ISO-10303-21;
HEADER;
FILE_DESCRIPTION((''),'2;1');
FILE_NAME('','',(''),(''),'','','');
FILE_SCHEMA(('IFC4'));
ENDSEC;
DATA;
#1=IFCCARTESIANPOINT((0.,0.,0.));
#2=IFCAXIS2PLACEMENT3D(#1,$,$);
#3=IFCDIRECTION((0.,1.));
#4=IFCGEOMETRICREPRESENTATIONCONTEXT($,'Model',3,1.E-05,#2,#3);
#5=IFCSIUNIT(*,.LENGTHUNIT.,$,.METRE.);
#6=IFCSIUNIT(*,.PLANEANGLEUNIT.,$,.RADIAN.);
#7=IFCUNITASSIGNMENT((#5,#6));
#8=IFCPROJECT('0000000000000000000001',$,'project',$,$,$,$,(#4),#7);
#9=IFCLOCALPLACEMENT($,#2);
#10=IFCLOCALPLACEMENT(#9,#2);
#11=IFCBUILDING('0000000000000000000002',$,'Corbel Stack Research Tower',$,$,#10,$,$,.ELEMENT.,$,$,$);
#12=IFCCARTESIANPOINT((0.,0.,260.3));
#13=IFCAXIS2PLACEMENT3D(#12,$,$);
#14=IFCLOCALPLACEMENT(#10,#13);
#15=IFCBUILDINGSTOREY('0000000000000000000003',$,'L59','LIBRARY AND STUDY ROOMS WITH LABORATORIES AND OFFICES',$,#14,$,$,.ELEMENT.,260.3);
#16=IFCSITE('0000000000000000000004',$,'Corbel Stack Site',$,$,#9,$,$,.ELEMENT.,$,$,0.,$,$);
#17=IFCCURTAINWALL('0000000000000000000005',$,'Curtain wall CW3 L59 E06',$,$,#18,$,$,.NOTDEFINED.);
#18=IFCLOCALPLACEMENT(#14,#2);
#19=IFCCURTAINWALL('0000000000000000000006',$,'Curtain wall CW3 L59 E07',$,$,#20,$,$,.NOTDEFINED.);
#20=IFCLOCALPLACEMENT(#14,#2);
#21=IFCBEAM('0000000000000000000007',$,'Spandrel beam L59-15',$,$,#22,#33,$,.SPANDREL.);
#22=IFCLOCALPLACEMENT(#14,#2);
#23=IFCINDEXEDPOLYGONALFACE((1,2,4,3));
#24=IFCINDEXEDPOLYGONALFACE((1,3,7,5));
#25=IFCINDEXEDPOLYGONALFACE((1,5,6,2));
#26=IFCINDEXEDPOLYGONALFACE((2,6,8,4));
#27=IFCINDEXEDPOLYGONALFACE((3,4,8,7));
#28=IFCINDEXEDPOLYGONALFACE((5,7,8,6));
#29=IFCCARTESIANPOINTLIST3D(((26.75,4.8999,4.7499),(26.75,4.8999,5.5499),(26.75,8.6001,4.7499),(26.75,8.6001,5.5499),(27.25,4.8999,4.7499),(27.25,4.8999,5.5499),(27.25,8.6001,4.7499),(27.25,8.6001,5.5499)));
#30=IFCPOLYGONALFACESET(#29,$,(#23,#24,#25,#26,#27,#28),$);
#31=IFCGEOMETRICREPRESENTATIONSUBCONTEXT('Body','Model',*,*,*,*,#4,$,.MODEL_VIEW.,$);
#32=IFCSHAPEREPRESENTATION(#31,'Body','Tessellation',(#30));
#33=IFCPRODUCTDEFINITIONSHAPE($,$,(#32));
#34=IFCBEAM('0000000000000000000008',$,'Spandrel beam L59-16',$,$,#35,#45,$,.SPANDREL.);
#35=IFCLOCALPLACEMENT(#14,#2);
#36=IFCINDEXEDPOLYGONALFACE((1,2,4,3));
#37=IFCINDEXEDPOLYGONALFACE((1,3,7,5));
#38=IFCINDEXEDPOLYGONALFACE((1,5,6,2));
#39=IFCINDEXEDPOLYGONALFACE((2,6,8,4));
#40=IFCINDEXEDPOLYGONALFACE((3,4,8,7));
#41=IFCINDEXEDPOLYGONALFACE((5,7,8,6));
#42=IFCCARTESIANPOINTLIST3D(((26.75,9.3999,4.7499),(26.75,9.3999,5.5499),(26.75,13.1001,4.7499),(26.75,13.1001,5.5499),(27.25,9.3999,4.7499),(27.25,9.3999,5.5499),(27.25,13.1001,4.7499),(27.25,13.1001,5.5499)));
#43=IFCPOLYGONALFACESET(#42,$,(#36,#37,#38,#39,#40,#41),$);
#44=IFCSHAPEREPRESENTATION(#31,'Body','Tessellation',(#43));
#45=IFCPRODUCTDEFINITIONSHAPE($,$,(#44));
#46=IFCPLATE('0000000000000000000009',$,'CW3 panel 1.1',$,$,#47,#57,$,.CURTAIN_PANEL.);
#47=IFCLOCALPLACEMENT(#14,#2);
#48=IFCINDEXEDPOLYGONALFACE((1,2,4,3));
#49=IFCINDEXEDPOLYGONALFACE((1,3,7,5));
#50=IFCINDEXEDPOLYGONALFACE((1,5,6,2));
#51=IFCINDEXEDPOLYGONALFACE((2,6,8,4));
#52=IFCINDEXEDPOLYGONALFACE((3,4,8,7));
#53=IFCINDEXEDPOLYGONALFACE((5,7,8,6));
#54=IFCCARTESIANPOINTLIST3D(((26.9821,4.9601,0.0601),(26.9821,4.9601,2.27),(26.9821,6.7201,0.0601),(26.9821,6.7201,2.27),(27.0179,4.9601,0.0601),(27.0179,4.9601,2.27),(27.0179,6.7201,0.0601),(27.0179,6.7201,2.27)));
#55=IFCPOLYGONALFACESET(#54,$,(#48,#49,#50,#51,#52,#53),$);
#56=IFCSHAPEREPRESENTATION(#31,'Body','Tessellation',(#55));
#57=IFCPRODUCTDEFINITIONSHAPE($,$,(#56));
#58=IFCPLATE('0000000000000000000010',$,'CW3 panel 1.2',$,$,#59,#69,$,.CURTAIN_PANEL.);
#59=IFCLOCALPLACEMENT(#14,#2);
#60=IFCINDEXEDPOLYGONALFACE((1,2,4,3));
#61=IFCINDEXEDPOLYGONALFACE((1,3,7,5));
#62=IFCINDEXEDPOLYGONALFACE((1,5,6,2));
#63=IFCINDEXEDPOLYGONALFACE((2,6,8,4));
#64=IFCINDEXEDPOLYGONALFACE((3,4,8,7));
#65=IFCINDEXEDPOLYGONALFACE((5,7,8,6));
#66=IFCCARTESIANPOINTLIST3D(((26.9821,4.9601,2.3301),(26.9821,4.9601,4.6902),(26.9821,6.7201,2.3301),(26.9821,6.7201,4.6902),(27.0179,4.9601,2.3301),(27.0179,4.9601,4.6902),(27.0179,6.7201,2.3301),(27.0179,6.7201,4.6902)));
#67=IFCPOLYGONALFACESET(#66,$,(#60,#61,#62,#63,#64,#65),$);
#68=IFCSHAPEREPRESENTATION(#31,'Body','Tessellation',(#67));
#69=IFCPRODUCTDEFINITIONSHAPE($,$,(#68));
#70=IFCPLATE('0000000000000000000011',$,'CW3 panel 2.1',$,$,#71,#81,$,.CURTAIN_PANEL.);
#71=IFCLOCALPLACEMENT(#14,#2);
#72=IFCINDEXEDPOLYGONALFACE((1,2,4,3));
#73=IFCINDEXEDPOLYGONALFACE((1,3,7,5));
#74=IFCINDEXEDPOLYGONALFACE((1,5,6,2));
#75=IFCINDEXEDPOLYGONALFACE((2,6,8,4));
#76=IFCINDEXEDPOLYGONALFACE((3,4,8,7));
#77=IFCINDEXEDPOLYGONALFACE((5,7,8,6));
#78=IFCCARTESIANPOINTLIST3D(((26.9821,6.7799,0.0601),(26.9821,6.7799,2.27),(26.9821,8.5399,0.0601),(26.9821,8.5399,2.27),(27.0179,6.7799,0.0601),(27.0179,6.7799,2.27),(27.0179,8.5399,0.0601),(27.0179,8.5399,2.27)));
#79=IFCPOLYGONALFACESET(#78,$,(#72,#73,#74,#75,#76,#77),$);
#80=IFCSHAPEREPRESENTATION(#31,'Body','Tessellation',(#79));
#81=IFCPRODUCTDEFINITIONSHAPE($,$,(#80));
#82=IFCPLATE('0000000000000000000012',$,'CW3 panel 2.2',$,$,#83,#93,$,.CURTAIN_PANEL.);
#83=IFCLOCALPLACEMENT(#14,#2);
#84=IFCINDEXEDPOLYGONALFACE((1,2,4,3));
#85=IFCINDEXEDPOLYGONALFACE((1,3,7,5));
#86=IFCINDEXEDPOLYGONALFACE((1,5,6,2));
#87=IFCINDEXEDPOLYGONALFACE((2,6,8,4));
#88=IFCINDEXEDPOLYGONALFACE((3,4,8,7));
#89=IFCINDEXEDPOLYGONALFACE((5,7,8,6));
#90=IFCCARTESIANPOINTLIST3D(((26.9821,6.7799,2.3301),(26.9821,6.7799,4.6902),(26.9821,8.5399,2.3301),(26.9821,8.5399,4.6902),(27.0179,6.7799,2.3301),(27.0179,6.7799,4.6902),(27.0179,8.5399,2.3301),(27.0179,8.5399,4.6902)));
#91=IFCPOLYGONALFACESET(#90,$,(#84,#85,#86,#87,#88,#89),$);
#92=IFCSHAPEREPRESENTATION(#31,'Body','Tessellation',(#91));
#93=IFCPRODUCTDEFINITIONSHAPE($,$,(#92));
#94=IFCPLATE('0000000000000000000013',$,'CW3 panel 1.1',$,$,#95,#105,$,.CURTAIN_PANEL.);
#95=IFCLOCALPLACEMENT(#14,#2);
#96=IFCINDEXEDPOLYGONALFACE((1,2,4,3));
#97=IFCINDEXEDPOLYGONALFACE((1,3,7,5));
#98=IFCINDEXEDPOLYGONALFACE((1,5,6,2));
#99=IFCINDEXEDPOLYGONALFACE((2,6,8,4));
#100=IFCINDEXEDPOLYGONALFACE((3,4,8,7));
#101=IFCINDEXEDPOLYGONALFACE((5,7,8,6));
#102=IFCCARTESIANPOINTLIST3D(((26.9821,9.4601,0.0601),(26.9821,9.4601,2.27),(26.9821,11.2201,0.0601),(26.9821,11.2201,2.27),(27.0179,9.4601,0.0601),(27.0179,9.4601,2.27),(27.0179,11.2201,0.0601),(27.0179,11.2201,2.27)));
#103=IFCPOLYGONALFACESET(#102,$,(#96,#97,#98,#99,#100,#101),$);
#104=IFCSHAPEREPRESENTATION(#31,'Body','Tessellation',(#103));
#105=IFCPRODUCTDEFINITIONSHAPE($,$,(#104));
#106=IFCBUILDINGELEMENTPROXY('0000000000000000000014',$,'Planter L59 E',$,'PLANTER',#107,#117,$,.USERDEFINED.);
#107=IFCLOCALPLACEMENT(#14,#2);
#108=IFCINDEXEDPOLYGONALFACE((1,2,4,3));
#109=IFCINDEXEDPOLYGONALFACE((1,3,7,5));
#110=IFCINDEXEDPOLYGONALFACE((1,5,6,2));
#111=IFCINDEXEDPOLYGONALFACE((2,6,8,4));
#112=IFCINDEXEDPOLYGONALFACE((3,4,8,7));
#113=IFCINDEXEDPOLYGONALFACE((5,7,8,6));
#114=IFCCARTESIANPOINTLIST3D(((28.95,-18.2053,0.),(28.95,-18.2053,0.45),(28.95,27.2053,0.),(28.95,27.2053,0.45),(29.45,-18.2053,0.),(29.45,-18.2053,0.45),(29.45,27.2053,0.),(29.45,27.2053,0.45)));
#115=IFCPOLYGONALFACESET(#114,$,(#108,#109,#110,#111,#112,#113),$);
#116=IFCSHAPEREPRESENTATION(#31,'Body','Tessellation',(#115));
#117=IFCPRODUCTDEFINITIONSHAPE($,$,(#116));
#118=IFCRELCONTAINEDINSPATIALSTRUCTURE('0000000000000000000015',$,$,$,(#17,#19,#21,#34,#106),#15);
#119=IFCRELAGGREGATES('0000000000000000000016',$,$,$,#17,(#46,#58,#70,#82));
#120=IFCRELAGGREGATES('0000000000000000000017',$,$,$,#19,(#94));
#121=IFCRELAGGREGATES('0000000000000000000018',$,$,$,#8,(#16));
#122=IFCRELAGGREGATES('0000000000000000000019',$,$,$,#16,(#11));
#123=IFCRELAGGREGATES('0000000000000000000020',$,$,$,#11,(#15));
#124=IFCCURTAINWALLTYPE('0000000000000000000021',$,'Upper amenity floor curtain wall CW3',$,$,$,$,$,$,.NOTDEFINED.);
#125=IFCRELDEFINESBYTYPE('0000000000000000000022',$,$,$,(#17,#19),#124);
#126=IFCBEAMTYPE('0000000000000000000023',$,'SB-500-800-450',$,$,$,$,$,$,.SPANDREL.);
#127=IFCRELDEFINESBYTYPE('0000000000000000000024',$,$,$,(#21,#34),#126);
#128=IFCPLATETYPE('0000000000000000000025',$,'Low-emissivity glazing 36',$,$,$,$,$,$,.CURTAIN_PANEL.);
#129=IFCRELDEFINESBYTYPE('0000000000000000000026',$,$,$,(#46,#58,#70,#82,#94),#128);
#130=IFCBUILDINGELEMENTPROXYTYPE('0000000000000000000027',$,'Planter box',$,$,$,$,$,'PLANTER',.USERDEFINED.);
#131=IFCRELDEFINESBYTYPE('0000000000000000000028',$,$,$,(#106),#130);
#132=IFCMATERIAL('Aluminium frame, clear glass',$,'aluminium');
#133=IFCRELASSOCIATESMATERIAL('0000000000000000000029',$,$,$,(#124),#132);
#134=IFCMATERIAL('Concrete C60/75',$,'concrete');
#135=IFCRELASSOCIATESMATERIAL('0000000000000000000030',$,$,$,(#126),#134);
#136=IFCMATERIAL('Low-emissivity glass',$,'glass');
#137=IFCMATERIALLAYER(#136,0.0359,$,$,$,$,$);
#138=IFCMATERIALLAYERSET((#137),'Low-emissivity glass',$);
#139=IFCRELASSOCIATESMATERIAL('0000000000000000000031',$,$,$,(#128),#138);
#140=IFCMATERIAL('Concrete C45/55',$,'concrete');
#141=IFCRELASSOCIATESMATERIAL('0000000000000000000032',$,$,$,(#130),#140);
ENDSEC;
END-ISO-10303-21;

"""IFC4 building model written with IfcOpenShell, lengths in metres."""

from ifc_helpers import new_model, si_unit, direction, frame, origin, origin_2d, place, context, subcontext, project, spatial, rectangle, extrude, material, layer, layer_set, material_profile, profile_set, type_object, element, aggregate, save


model = new_model("IFC4")

# Units and contexts
model_context = context("Model", 3, precision=1e-05, world=origin(), true_north=direction((0.0, 1.0)))
body_context = subcontext(model_context, "Body", "Model", "MODEL_VIEW")
ifc_project = project(units=[si_unit("LENGTHUNIT", "METRE"), si_unit("PLANEANGLEUNIT", "RADIAN")], contexts=[model_context])

# Site, building, storey
site_placement = place(None, origin())
site = spatial("IfcSite", under=ifc_project, at=site_placement, Name="Corbel Stack Site", CompositionType="ELEMENT", RefElevation=0.0)
building_placement = place(site_placement, origin())
building = spatial("IfcBuilding", under=site, at=building_placement, Name="Corbel Stack Research Tower", CompositionType="ELEMENT")
storey_placement = place(building_placement, frame((0.0, 0.0, 260.3)))
storey = spatial("IfcBuildingStorey", under=building, at=storey_placement, Name="L59", Description="LIBRARY AND STUDY ROOMS WITH LABORATORIES AND OFFICES", CompositionType="ELEMENT", Elevation=260.3)

# Curtain wall
ifc_material_1 = material(Name="Aluminium frame, clear glass", Category="aluminium")
curtain_wall_type = type_object("IfcCurtainWallType", Name="Upper amenity floor curtain wall CW3", PredefinedType="NOTDEFINED", material=ifc_material_1)
curtain_wall_1_placement = place(storey_placement, origin())
curtain_wall_1 = element("IfcCurtainWall", 1, at=curtain_wall_1_placement, inside=storey, type_object=curtain_wall_type, Name="Curtain wall CW3 L59 E06", PredefinedType="NOTDEFINED")

# Curtain wall
curtain_wall_2_placement = place(storey_placement, origin())
curtain_wall_2 = element("IfcCurtainWall", 2, at=curtain_wall_2_placement, inside=storey, type_object=curtain_wall_type, Name="Curtain wall CW3 L59 E07", PredefinedType="NOTDEFINED")

# Beams
ifc_material_2 = material(Name="Concrete C60/75", Category="concrete")
ifc_material_profile_1 = material_profile(ifc_material_2, rectangle(XDim=0.5, YDim=0.8, at=origin_2d()), Name="RC 500 x 800")
ifc_profile_set_1 = profile_set([ifc_material_profile_1], Name="Concrete C60/75")
beam_type = type_object("IfcBeamType", Name="SB-500-800-450", PredefinedType="SPANDREL", material=ifc_profile_set_1)
for number, where, z_axis, x_axis, name in (
    (3, (27.0, 4.8999, 5.1499), (0.0, 1.0, 0.0), (-1.0, 0.0, 0.0), "Spandrel beam L59-15"),
    (4, (27.0, 9.3999, 5.1499), (0.0, 1.0, 0.0), (-1.0, 0.0, 0.0), "Spandrel beam L59-16"),
):
    element("IfcBeam", number, at=place(storey_placement, frame(where, z_axis=z_axis, x_axis=x_axis)), inside=storey, type_object=beam_type, Name=name, PredefinedType="SPANDREL", context=body_context, shape_type="SweptSolid", body=[
        extrude(rectangle(XDim=0.5, YDim=0.8, at=origin_2d()), origin(), (0.0, 0.0, 1.0), 3.7002),
    ])

# Plates
ifc_material_3 = material(Name="Low-emissivity glass", Category="glass")
ifc_layer = layer(ifc_material_3, 0.0359)
ifc_layer_set = layer_set([ifc_layer], Name="Low-emissivity glass")
plate_type = type_object("IfcPlateType", Name="Low-emissivity glazing 36", PredefinedType="CURTAIN_PANEL", material=ifc_layer_set)
plate_1_placement = place(storey_placement, frame((27.0, 5.8401, 0.0601), z_axis=(0.0, 0.0, 1.0), x_axis=(0.0, 1.0, 0.0)))
plate_1 = element("IfcPlate", 5, at=plate_1_placement, type_object=plate_type, Name="CW3 panel 1.1", PredefinedType="CURTAIN_PANEL", context=body_context, shape_type="SweptSolid", body=[
    extrude(rectangle(XDim=1.76, YDim=0.0359, at=origin_2d()), origin(), (0.0, 0.0, 1.0), 2.21),
])
plate_2_placement = place(storey_placement, frame((27.0, 5.8401, 2.3301), z_axis=(0.0, 0.0, 1.0), x_axis=(0.0, 1.0, 0.0)))
plate_2 = element("IfcPlate", 6, at=plate_2_placement, type_object=plate_type, Name="CW3 panel 1.2", PredefinedType="CURTAIN_PANEL", context=body_context, shape_type="SweptSolid", body=[
    extrude(rectangle(XDim=1.76, YDim=0.0359, at=origin_2d()), origin(), (0.0, 0.0, 1.0), 2.3601),
])
plate_3_placement = place(storey_placement, frame((27.0, 7.6599, 0.0601), z_axis=(0.0, 0.0, 1.0), x_axis=(0.0, 1.0, 0.0)))
plate_3 = element("IfcPlate", 7, at=plate_3_placement, type_object=plate_type, Name="CW3 panel 2.1", PredefinedType="CURTAIN_PANEL", context=body_context, shape_type="SweptSolid", body=[
    extrude(rectangle(XDim=1.76, YDim=0.0359, at=origin_2d()), origin(), (0.0, 0.0, 1.0), 2.21),
])
plate_4_placement = place(storey_placement, frame((27.0, 7.6599, 2.3301), z_axis=(0.0, 0.0, 1.0), x_axis=(0.0, 1.0, 0.0)))
plate_4 = element("IfcPlate", 8, at=plate_4_placement, type_object=plate_type, Name="CW3 panel 2.2", PredefinedType="CURTAIN_PANEL", context=body_context, shape_type="SweptSolid", body=[
    extrude(rectangle(XDim=1.76, YDim=0.0359, at=origin_2d()), origin(), (0.0, 0.0, 1.0), 2.3601),
])
aggregate(curtain_wall_1, [plate_1, plate_2, plate_3, plate_4])
plate_5_placement = place(storey_placement, frame((27.0, 10.3401, 0.0601), z_axis=(0.0, 0.0, 1.0), x_axis=(0.0, 1.0, 0.0)))
plate_5 = element("IfcPlate", 9, at=plate_5_placement, type_object=plate_type, Name="CW3 panel 1.1", PredefinedType="CURTAIN_PANEL", context=body_context, shape_type="SweptSolid", body=[
    extrude(rectangle(XDim=1.76, YDim=0.0359, at=origin_2d()), origin(), (0.0, 0.0, 1.0), 2.21),
])
aggregate(curtain_wall_2, [plate_5])

# Building element proxy
ifc_material_4 = material(Name="Concrete C45/55", Category="concrete")
building_element_proxy_type = type_object("IfcBuildingElementProxyType", Name="Planter box", ElementType="PLANTER", PredefinedType="USERDEFINED", material=ifc_material_4)
proxy_placement = place(storey_placement, frame((29.2, 4.5, 0.0), z_axis=(0.0, 0.0, 1.0), x_axis=(0.0, 1.0, 0.0)))
element("IfcBuildingElementProxy", 10, at=proxy_placement, inside=storey, type_object=building_element_proxy_type, Name="Planter L59 E", ObjectType="PLANTER", PredefinedType="USERDEFINED", context=body_context, shape_type="SweptSolid", body=[
    extrude(rectangle(XDim=45.4106, YDim=0.5, at=origin_2d()), origin(), (0.0, 0.0, 1.0), 0.45),
])

save(model, "model.ifc")
